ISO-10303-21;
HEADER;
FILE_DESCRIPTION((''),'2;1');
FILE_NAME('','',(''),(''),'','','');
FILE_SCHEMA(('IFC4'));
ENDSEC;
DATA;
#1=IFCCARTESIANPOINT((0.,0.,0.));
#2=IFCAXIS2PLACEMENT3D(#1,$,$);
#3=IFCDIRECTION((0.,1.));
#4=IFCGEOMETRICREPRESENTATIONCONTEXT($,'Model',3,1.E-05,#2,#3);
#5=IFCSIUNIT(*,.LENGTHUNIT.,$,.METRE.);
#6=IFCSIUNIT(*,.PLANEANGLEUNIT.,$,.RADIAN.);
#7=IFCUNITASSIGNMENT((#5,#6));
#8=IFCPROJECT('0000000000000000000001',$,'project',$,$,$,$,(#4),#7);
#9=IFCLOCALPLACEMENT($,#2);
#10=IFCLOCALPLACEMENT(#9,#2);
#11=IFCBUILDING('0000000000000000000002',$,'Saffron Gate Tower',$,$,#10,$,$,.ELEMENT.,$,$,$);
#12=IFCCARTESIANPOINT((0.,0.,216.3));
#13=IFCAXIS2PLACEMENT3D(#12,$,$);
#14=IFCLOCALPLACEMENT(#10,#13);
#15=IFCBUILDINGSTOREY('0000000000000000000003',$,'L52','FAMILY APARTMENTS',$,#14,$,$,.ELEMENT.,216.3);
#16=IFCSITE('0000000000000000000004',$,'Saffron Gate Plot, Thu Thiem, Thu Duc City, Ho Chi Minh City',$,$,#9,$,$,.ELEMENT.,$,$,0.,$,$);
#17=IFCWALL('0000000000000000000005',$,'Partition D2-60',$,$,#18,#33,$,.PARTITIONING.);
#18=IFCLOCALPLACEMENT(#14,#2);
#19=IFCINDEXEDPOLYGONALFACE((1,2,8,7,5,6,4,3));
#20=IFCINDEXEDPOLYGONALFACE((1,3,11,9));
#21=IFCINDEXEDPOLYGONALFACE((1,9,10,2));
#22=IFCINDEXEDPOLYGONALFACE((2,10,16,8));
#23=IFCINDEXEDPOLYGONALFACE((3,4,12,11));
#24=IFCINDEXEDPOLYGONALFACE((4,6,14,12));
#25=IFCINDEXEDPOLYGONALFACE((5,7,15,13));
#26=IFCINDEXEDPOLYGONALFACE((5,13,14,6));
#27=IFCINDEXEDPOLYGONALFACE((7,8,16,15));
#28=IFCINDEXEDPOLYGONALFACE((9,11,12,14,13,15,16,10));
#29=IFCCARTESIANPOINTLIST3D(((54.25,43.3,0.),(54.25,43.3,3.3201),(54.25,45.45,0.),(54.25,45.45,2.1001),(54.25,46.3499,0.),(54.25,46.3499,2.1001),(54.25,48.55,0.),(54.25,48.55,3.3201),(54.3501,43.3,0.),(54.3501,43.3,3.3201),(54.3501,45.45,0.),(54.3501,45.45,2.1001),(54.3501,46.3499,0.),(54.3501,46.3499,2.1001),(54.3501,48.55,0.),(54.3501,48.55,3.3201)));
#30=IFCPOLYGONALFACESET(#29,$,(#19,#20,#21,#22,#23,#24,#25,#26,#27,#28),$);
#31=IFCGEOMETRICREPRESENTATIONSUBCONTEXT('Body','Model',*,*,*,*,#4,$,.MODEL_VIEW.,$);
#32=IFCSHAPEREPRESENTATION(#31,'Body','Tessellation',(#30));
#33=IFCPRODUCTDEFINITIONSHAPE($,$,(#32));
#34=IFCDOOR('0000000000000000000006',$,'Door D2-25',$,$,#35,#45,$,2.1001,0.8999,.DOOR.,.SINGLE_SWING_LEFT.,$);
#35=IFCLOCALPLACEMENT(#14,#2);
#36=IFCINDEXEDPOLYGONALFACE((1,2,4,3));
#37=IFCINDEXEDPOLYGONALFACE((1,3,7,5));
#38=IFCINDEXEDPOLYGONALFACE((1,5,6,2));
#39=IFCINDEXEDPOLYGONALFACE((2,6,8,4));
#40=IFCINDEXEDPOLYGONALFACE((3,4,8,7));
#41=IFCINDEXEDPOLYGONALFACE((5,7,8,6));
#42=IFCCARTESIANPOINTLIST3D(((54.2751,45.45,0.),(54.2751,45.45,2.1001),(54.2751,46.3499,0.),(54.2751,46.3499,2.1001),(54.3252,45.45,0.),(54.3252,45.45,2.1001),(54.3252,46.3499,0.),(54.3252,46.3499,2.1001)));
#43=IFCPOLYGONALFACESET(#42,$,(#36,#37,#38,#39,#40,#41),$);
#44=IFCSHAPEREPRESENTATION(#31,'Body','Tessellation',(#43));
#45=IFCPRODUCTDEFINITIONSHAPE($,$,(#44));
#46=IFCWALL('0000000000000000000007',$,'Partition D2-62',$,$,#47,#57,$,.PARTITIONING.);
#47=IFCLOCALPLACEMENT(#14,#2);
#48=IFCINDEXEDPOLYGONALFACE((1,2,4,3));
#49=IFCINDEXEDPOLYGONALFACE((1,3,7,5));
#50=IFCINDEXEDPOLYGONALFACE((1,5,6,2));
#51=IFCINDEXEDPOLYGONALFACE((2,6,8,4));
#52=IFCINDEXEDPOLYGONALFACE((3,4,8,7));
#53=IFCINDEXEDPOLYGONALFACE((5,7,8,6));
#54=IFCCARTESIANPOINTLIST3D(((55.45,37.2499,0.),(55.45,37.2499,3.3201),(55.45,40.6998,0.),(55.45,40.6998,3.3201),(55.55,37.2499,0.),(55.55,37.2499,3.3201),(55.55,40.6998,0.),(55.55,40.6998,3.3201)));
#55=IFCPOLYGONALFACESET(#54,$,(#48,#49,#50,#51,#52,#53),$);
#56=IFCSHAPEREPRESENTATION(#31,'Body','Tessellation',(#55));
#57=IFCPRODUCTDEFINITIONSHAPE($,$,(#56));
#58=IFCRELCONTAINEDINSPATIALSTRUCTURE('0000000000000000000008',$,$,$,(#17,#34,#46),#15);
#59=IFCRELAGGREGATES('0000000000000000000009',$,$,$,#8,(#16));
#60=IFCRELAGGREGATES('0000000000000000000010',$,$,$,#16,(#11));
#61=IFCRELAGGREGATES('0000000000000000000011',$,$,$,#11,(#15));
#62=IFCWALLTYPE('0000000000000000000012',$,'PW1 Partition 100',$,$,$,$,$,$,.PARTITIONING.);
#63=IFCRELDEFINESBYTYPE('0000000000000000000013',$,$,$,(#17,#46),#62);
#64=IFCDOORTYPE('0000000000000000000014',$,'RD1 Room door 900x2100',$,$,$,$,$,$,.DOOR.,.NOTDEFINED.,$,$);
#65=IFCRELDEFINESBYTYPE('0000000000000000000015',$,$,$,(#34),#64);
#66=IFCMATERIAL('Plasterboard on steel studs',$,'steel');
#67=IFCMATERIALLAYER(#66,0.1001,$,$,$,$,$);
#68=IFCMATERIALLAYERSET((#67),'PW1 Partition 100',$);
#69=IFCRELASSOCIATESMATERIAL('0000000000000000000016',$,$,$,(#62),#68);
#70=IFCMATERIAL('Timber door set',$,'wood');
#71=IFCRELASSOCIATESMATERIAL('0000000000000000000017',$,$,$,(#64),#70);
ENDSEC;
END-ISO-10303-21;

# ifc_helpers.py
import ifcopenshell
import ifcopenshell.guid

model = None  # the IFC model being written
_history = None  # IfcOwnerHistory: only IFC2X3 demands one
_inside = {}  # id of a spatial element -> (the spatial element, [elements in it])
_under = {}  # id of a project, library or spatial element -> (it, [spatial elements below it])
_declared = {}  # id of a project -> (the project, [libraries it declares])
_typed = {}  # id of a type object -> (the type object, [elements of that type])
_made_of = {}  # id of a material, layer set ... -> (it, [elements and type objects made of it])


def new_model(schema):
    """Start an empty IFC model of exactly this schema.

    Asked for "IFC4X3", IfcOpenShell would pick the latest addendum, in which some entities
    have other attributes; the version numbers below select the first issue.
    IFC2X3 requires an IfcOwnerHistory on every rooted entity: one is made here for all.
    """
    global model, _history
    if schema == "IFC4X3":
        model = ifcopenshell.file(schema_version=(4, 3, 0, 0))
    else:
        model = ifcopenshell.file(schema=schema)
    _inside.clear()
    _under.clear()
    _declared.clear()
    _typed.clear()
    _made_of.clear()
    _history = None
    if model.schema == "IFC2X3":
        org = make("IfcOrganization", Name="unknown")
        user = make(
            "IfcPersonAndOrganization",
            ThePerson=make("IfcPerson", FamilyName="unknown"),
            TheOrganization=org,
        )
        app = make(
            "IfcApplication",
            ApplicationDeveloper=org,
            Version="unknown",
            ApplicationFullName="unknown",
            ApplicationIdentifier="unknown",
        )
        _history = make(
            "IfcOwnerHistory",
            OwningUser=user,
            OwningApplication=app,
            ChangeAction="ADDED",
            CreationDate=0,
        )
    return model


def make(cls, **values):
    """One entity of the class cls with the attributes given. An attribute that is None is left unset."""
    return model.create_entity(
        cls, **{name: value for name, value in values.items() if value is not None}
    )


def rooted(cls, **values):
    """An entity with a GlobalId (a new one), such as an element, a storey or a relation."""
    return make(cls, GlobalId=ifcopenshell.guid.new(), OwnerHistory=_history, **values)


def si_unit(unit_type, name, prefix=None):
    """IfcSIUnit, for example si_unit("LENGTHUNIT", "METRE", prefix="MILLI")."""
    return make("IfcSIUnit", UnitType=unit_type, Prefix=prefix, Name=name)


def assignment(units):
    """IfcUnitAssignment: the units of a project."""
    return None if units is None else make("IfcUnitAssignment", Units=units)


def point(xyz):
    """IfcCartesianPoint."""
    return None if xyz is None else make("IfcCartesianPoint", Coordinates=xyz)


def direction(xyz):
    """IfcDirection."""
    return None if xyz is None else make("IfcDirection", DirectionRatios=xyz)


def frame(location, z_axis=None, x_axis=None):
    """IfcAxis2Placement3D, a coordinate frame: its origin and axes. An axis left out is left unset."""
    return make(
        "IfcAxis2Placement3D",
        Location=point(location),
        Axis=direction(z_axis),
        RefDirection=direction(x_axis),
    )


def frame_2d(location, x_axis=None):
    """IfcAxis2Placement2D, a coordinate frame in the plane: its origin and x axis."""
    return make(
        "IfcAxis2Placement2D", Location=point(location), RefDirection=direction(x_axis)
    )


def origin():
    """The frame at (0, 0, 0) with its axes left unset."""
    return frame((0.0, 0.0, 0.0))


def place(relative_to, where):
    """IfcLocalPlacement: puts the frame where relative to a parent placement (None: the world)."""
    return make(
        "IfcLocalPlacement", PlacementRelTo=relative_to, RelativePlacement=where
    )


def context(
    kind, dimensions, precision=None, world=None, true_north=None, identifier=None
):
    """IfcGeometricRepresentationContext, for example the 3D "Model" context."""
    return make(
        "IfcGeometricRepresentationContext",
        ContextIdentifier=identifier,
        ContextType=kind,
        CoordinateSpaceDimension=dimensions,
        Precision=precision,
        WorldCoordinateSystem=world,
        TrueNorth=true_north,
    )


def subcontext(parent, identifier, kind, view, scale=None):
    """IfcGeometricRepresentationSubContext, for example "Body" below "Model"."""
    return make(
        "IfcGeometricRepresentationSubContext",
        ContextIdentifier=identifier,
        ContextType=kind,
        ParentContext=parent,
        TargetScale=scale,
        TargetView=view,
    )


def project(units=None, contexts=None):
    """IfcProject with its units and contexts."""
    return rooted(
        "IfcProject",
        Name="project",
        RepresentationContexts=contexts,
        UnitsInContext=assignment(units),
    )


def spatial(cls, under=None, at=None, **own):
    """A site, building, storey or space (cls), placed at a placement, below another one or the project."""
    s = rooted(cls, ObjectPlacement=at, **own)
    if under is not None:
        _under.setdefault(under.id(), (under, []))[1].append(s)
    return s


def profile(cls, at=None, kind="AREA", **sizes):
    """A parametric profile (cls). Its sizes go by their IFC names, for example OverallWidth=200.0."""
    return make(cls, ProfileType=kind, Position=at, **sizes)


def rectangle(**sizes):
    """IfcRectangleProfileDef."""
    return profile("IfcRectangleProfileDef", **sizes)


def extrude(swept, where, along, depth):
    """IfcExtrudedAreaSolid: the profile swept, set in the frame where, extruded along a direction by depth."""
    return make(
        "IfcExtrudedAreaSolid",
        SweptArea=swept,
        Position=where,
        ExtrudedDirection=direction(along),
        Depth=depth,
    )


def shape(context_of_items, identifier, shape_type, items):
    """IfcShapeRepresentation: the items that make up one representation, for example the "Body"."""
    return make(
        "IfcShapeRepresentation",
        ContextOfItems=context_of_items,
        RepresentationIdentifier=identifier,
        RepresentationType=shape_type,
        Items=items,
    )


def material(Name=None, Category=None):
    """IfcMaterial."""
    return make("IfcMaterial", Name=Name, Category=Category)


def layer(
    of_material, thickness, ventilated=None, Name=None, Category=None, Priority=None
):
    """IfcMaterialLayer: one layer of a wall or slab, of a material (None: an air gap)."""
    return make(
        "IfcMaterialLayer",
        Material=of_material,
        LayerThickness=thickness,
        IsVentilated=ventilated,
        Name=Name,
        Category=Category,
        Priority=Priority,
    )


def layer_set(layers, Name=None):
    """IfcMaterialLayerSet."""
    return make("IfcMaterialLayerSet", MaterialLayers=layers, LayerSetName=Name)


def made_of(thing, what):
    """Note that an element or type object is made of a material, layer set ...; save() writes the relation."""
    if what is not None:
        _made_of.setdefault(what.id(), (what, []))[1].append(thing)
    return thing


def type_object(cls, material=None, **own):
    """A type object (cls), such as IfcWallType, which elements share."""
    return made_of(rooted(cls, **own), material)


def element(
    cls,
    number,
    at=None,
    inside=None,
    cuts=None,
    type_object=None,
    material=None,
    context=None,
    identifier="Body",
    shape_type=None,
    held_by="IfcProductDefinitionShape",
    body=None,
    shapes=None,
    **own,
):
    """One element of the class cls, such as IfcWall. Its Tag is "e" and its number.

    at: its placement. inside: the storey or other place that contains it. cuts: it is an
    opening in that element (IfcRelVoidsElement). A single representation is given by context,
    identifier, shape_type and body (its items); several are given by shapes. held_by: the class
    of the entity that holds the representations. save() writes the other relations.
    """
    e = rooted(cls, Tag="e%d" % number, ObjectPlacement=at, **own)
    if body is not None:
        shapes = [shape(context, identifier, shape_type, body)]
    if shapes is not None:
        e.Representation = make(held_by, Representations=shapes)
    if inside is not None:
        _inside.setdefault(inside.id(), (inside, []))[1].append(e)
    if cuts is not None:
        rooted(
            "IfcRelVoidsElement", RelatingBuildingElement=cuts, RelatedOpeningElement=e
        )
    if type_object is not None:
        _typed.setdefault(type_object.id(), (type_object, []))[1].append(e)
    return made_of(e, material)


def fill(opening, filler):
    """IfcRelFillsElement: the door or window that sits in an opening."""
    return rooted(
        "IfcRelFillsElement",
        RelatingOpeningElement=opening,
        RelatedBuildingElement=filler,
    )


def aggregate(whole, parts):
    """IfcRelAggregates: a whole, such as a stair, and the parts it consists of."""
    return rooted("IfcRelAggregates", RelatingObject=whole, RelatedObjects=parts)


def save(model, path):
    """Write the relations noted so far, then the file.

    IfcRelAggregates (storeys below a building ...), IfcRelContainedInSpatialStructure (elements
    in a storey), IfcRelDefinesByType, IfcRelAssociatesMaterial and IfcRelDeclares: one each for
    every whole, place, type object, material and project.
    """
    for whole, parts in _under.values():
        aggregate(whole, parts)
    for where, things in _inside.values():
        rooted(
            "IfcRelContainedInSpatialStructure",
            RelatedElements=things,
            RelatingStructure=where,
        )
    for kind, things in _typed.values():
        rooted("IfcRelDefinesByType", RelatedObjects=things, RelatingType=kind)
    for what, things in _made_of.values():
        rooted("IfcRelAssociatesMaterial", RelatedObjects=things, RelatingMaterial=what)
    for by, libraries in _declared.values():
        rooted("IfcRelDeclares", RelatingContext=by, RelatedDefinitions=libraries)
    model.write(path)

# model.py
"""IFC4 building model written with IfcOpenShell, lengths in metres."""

from ifc_helpers import new_model, si_unit, direction, frame, frame_2d, origin, place, context, subcontext, project, spatial, rectangle, extrude, material, layer, layer_set, type_object, element, fill, save


model = new_model("IFC4")

# Units and contexts
model_context = context("Model", 3, precision=1e-05, world=origin(), true_north=direction((0.0, 1.0)))
body_context = subcontext(model_context, "Body", "Model", "MODEL_VIEW")
ifc_project = project(units=[si_unit("LENGTHUNIT", "METRE"), si_unit("PLANEANGLEUNIT", "RADIAN")], contexts=[model_context])

# Site, building, storey
site_placement = place(None, origin())
site = spatial("IfcSite", under=ifc_project, at=site_placement, Name="Saffron Gate Plot, Thu Thiem, Thu Duc City, Ho Chi Minh City", CompositionType="ELEMENT", RefElevation=0.0)
building_placement = place(site_placement, origin())
building = spatial("IfcBuilding", under=site, at=building_placement, Name="Saffron Gate Tower", CompositionType="ELEMENT")
storey_placement = place(building_placement, frame((0.0, 0.0, 216.3)))
storey = spatial("IfcBuildingStorey", under=building, at=storey_placement, Name="L52", Description="FAMILY APARTMENTS", CompositionType="ELEMENT", Elevation=216.3)

# Shared definitions
ifc_material_1 = material(Name="Plasterboard on steel studs", Category="steel")
ifc_layer_1 = layer(ifc_material_1, 0.1001)
ifc_layer_set_1 = layer_set([ifc_layer_1], Name="PW1 Partition 100")
wall_type = type_object("IfcWallType", Name="PW1 Partition 100", PredefinedType="PARTITIONING", material=ifc_layer_set_1)

# Wall, opening, door
wall_1_placement = place(storey_placement, frame((54.3, 43.3, 0.0), z_axis=(0.0, 0.0, 1.0), x_axis=(0.0, 1.0, 0.0)))
wall_1 = element("IfcWall", 1, at=wall_1_placement, inside=storey, type_object=wall_type, Name="Partition D2-60", PredefinedType="PARTITIONING", context=body_context, shape_type="SweptSolid", body=[
    extrude(rectangle(XDim=5.25, YDim=0.1001, at=frame_2d((2.625, 0.0))), origin(), (0.0, 0.0, 1.0), 3.3201),
])
opening_1_placement = place(wall_1_placement, frame((2.1499, 0.0, 0.0)))
opening_1 = element("IfcOpeningElement", 2, at=opening_1_placement, cuts=wall_1, PredefinedType="OPENING", context=body_context, shape_type="SweptSolid", body=[
    extrude(rectangle(XDim=0.8999, YDim=2.1001, at=frame_2d((0.45, 1.05))), frame((0.0, 0.0601, 0.0), z_axis=(0.0, -1.0, 0.0), x_axis=(1.0, 0.0, 0.0)), (0.0, 0.0, 1.0), 0.1201),
])
ifc_material_2 = material(Name="Timber door set", Category="wood")
door_type = type_object("IfcDoorType", Name="RD1 Room door 900x2100", OperationType="NOTDEFINED", PredefinedType="DOOR", material=ifc_material_2)
door_placement = place(opening_1_placement, origin())
door = element("IfcDoor", 3, at=door_placement, inside=storey, type_object=door_type, Name="Door D2-25", OperationType="SINGLE_SWING_LEFT", OverallHeight=2.1001, OverallWidth=0.8999, PredefinedType="DOOR", context=body_context, shape_type="SweptSolid", body=[
    extrude(rectangle(XDim=0.8999, YDim=2.1001, at=frame_2d((0.45, 1.05))), frame((0.0, 0.0249, 0.0), z_axis=(0.0, -1.0, 0.0), x_axis=(1.0, 0.0, 0.0)), (0.0, 0.0, 1.0), 0.05),
])
fill(opening_1, door)

# Wall
wall_2_placement = place(storey_placement, frame((55.5, 40.7, 0.0), z_axis=(0.0, 0.0, 1.0), x_axis=(0.0, -1.0, 0.0)))
element("IfcWall", 4, at=wall_2_placement, inside=storey, type_object=wall_type, Name="Partition D2-62", PredefinedType="PARTITIONING", context=body_context, shape_type="SweptSolid", body=[
    extrude(rectangle(XDim=3.45, YDim=0.1001, at=frame_2d((1.7251, 0.0))), origin(), (0.0, 0.0, 1.0), 3.3201),
])

save(model, "model.ifc")
